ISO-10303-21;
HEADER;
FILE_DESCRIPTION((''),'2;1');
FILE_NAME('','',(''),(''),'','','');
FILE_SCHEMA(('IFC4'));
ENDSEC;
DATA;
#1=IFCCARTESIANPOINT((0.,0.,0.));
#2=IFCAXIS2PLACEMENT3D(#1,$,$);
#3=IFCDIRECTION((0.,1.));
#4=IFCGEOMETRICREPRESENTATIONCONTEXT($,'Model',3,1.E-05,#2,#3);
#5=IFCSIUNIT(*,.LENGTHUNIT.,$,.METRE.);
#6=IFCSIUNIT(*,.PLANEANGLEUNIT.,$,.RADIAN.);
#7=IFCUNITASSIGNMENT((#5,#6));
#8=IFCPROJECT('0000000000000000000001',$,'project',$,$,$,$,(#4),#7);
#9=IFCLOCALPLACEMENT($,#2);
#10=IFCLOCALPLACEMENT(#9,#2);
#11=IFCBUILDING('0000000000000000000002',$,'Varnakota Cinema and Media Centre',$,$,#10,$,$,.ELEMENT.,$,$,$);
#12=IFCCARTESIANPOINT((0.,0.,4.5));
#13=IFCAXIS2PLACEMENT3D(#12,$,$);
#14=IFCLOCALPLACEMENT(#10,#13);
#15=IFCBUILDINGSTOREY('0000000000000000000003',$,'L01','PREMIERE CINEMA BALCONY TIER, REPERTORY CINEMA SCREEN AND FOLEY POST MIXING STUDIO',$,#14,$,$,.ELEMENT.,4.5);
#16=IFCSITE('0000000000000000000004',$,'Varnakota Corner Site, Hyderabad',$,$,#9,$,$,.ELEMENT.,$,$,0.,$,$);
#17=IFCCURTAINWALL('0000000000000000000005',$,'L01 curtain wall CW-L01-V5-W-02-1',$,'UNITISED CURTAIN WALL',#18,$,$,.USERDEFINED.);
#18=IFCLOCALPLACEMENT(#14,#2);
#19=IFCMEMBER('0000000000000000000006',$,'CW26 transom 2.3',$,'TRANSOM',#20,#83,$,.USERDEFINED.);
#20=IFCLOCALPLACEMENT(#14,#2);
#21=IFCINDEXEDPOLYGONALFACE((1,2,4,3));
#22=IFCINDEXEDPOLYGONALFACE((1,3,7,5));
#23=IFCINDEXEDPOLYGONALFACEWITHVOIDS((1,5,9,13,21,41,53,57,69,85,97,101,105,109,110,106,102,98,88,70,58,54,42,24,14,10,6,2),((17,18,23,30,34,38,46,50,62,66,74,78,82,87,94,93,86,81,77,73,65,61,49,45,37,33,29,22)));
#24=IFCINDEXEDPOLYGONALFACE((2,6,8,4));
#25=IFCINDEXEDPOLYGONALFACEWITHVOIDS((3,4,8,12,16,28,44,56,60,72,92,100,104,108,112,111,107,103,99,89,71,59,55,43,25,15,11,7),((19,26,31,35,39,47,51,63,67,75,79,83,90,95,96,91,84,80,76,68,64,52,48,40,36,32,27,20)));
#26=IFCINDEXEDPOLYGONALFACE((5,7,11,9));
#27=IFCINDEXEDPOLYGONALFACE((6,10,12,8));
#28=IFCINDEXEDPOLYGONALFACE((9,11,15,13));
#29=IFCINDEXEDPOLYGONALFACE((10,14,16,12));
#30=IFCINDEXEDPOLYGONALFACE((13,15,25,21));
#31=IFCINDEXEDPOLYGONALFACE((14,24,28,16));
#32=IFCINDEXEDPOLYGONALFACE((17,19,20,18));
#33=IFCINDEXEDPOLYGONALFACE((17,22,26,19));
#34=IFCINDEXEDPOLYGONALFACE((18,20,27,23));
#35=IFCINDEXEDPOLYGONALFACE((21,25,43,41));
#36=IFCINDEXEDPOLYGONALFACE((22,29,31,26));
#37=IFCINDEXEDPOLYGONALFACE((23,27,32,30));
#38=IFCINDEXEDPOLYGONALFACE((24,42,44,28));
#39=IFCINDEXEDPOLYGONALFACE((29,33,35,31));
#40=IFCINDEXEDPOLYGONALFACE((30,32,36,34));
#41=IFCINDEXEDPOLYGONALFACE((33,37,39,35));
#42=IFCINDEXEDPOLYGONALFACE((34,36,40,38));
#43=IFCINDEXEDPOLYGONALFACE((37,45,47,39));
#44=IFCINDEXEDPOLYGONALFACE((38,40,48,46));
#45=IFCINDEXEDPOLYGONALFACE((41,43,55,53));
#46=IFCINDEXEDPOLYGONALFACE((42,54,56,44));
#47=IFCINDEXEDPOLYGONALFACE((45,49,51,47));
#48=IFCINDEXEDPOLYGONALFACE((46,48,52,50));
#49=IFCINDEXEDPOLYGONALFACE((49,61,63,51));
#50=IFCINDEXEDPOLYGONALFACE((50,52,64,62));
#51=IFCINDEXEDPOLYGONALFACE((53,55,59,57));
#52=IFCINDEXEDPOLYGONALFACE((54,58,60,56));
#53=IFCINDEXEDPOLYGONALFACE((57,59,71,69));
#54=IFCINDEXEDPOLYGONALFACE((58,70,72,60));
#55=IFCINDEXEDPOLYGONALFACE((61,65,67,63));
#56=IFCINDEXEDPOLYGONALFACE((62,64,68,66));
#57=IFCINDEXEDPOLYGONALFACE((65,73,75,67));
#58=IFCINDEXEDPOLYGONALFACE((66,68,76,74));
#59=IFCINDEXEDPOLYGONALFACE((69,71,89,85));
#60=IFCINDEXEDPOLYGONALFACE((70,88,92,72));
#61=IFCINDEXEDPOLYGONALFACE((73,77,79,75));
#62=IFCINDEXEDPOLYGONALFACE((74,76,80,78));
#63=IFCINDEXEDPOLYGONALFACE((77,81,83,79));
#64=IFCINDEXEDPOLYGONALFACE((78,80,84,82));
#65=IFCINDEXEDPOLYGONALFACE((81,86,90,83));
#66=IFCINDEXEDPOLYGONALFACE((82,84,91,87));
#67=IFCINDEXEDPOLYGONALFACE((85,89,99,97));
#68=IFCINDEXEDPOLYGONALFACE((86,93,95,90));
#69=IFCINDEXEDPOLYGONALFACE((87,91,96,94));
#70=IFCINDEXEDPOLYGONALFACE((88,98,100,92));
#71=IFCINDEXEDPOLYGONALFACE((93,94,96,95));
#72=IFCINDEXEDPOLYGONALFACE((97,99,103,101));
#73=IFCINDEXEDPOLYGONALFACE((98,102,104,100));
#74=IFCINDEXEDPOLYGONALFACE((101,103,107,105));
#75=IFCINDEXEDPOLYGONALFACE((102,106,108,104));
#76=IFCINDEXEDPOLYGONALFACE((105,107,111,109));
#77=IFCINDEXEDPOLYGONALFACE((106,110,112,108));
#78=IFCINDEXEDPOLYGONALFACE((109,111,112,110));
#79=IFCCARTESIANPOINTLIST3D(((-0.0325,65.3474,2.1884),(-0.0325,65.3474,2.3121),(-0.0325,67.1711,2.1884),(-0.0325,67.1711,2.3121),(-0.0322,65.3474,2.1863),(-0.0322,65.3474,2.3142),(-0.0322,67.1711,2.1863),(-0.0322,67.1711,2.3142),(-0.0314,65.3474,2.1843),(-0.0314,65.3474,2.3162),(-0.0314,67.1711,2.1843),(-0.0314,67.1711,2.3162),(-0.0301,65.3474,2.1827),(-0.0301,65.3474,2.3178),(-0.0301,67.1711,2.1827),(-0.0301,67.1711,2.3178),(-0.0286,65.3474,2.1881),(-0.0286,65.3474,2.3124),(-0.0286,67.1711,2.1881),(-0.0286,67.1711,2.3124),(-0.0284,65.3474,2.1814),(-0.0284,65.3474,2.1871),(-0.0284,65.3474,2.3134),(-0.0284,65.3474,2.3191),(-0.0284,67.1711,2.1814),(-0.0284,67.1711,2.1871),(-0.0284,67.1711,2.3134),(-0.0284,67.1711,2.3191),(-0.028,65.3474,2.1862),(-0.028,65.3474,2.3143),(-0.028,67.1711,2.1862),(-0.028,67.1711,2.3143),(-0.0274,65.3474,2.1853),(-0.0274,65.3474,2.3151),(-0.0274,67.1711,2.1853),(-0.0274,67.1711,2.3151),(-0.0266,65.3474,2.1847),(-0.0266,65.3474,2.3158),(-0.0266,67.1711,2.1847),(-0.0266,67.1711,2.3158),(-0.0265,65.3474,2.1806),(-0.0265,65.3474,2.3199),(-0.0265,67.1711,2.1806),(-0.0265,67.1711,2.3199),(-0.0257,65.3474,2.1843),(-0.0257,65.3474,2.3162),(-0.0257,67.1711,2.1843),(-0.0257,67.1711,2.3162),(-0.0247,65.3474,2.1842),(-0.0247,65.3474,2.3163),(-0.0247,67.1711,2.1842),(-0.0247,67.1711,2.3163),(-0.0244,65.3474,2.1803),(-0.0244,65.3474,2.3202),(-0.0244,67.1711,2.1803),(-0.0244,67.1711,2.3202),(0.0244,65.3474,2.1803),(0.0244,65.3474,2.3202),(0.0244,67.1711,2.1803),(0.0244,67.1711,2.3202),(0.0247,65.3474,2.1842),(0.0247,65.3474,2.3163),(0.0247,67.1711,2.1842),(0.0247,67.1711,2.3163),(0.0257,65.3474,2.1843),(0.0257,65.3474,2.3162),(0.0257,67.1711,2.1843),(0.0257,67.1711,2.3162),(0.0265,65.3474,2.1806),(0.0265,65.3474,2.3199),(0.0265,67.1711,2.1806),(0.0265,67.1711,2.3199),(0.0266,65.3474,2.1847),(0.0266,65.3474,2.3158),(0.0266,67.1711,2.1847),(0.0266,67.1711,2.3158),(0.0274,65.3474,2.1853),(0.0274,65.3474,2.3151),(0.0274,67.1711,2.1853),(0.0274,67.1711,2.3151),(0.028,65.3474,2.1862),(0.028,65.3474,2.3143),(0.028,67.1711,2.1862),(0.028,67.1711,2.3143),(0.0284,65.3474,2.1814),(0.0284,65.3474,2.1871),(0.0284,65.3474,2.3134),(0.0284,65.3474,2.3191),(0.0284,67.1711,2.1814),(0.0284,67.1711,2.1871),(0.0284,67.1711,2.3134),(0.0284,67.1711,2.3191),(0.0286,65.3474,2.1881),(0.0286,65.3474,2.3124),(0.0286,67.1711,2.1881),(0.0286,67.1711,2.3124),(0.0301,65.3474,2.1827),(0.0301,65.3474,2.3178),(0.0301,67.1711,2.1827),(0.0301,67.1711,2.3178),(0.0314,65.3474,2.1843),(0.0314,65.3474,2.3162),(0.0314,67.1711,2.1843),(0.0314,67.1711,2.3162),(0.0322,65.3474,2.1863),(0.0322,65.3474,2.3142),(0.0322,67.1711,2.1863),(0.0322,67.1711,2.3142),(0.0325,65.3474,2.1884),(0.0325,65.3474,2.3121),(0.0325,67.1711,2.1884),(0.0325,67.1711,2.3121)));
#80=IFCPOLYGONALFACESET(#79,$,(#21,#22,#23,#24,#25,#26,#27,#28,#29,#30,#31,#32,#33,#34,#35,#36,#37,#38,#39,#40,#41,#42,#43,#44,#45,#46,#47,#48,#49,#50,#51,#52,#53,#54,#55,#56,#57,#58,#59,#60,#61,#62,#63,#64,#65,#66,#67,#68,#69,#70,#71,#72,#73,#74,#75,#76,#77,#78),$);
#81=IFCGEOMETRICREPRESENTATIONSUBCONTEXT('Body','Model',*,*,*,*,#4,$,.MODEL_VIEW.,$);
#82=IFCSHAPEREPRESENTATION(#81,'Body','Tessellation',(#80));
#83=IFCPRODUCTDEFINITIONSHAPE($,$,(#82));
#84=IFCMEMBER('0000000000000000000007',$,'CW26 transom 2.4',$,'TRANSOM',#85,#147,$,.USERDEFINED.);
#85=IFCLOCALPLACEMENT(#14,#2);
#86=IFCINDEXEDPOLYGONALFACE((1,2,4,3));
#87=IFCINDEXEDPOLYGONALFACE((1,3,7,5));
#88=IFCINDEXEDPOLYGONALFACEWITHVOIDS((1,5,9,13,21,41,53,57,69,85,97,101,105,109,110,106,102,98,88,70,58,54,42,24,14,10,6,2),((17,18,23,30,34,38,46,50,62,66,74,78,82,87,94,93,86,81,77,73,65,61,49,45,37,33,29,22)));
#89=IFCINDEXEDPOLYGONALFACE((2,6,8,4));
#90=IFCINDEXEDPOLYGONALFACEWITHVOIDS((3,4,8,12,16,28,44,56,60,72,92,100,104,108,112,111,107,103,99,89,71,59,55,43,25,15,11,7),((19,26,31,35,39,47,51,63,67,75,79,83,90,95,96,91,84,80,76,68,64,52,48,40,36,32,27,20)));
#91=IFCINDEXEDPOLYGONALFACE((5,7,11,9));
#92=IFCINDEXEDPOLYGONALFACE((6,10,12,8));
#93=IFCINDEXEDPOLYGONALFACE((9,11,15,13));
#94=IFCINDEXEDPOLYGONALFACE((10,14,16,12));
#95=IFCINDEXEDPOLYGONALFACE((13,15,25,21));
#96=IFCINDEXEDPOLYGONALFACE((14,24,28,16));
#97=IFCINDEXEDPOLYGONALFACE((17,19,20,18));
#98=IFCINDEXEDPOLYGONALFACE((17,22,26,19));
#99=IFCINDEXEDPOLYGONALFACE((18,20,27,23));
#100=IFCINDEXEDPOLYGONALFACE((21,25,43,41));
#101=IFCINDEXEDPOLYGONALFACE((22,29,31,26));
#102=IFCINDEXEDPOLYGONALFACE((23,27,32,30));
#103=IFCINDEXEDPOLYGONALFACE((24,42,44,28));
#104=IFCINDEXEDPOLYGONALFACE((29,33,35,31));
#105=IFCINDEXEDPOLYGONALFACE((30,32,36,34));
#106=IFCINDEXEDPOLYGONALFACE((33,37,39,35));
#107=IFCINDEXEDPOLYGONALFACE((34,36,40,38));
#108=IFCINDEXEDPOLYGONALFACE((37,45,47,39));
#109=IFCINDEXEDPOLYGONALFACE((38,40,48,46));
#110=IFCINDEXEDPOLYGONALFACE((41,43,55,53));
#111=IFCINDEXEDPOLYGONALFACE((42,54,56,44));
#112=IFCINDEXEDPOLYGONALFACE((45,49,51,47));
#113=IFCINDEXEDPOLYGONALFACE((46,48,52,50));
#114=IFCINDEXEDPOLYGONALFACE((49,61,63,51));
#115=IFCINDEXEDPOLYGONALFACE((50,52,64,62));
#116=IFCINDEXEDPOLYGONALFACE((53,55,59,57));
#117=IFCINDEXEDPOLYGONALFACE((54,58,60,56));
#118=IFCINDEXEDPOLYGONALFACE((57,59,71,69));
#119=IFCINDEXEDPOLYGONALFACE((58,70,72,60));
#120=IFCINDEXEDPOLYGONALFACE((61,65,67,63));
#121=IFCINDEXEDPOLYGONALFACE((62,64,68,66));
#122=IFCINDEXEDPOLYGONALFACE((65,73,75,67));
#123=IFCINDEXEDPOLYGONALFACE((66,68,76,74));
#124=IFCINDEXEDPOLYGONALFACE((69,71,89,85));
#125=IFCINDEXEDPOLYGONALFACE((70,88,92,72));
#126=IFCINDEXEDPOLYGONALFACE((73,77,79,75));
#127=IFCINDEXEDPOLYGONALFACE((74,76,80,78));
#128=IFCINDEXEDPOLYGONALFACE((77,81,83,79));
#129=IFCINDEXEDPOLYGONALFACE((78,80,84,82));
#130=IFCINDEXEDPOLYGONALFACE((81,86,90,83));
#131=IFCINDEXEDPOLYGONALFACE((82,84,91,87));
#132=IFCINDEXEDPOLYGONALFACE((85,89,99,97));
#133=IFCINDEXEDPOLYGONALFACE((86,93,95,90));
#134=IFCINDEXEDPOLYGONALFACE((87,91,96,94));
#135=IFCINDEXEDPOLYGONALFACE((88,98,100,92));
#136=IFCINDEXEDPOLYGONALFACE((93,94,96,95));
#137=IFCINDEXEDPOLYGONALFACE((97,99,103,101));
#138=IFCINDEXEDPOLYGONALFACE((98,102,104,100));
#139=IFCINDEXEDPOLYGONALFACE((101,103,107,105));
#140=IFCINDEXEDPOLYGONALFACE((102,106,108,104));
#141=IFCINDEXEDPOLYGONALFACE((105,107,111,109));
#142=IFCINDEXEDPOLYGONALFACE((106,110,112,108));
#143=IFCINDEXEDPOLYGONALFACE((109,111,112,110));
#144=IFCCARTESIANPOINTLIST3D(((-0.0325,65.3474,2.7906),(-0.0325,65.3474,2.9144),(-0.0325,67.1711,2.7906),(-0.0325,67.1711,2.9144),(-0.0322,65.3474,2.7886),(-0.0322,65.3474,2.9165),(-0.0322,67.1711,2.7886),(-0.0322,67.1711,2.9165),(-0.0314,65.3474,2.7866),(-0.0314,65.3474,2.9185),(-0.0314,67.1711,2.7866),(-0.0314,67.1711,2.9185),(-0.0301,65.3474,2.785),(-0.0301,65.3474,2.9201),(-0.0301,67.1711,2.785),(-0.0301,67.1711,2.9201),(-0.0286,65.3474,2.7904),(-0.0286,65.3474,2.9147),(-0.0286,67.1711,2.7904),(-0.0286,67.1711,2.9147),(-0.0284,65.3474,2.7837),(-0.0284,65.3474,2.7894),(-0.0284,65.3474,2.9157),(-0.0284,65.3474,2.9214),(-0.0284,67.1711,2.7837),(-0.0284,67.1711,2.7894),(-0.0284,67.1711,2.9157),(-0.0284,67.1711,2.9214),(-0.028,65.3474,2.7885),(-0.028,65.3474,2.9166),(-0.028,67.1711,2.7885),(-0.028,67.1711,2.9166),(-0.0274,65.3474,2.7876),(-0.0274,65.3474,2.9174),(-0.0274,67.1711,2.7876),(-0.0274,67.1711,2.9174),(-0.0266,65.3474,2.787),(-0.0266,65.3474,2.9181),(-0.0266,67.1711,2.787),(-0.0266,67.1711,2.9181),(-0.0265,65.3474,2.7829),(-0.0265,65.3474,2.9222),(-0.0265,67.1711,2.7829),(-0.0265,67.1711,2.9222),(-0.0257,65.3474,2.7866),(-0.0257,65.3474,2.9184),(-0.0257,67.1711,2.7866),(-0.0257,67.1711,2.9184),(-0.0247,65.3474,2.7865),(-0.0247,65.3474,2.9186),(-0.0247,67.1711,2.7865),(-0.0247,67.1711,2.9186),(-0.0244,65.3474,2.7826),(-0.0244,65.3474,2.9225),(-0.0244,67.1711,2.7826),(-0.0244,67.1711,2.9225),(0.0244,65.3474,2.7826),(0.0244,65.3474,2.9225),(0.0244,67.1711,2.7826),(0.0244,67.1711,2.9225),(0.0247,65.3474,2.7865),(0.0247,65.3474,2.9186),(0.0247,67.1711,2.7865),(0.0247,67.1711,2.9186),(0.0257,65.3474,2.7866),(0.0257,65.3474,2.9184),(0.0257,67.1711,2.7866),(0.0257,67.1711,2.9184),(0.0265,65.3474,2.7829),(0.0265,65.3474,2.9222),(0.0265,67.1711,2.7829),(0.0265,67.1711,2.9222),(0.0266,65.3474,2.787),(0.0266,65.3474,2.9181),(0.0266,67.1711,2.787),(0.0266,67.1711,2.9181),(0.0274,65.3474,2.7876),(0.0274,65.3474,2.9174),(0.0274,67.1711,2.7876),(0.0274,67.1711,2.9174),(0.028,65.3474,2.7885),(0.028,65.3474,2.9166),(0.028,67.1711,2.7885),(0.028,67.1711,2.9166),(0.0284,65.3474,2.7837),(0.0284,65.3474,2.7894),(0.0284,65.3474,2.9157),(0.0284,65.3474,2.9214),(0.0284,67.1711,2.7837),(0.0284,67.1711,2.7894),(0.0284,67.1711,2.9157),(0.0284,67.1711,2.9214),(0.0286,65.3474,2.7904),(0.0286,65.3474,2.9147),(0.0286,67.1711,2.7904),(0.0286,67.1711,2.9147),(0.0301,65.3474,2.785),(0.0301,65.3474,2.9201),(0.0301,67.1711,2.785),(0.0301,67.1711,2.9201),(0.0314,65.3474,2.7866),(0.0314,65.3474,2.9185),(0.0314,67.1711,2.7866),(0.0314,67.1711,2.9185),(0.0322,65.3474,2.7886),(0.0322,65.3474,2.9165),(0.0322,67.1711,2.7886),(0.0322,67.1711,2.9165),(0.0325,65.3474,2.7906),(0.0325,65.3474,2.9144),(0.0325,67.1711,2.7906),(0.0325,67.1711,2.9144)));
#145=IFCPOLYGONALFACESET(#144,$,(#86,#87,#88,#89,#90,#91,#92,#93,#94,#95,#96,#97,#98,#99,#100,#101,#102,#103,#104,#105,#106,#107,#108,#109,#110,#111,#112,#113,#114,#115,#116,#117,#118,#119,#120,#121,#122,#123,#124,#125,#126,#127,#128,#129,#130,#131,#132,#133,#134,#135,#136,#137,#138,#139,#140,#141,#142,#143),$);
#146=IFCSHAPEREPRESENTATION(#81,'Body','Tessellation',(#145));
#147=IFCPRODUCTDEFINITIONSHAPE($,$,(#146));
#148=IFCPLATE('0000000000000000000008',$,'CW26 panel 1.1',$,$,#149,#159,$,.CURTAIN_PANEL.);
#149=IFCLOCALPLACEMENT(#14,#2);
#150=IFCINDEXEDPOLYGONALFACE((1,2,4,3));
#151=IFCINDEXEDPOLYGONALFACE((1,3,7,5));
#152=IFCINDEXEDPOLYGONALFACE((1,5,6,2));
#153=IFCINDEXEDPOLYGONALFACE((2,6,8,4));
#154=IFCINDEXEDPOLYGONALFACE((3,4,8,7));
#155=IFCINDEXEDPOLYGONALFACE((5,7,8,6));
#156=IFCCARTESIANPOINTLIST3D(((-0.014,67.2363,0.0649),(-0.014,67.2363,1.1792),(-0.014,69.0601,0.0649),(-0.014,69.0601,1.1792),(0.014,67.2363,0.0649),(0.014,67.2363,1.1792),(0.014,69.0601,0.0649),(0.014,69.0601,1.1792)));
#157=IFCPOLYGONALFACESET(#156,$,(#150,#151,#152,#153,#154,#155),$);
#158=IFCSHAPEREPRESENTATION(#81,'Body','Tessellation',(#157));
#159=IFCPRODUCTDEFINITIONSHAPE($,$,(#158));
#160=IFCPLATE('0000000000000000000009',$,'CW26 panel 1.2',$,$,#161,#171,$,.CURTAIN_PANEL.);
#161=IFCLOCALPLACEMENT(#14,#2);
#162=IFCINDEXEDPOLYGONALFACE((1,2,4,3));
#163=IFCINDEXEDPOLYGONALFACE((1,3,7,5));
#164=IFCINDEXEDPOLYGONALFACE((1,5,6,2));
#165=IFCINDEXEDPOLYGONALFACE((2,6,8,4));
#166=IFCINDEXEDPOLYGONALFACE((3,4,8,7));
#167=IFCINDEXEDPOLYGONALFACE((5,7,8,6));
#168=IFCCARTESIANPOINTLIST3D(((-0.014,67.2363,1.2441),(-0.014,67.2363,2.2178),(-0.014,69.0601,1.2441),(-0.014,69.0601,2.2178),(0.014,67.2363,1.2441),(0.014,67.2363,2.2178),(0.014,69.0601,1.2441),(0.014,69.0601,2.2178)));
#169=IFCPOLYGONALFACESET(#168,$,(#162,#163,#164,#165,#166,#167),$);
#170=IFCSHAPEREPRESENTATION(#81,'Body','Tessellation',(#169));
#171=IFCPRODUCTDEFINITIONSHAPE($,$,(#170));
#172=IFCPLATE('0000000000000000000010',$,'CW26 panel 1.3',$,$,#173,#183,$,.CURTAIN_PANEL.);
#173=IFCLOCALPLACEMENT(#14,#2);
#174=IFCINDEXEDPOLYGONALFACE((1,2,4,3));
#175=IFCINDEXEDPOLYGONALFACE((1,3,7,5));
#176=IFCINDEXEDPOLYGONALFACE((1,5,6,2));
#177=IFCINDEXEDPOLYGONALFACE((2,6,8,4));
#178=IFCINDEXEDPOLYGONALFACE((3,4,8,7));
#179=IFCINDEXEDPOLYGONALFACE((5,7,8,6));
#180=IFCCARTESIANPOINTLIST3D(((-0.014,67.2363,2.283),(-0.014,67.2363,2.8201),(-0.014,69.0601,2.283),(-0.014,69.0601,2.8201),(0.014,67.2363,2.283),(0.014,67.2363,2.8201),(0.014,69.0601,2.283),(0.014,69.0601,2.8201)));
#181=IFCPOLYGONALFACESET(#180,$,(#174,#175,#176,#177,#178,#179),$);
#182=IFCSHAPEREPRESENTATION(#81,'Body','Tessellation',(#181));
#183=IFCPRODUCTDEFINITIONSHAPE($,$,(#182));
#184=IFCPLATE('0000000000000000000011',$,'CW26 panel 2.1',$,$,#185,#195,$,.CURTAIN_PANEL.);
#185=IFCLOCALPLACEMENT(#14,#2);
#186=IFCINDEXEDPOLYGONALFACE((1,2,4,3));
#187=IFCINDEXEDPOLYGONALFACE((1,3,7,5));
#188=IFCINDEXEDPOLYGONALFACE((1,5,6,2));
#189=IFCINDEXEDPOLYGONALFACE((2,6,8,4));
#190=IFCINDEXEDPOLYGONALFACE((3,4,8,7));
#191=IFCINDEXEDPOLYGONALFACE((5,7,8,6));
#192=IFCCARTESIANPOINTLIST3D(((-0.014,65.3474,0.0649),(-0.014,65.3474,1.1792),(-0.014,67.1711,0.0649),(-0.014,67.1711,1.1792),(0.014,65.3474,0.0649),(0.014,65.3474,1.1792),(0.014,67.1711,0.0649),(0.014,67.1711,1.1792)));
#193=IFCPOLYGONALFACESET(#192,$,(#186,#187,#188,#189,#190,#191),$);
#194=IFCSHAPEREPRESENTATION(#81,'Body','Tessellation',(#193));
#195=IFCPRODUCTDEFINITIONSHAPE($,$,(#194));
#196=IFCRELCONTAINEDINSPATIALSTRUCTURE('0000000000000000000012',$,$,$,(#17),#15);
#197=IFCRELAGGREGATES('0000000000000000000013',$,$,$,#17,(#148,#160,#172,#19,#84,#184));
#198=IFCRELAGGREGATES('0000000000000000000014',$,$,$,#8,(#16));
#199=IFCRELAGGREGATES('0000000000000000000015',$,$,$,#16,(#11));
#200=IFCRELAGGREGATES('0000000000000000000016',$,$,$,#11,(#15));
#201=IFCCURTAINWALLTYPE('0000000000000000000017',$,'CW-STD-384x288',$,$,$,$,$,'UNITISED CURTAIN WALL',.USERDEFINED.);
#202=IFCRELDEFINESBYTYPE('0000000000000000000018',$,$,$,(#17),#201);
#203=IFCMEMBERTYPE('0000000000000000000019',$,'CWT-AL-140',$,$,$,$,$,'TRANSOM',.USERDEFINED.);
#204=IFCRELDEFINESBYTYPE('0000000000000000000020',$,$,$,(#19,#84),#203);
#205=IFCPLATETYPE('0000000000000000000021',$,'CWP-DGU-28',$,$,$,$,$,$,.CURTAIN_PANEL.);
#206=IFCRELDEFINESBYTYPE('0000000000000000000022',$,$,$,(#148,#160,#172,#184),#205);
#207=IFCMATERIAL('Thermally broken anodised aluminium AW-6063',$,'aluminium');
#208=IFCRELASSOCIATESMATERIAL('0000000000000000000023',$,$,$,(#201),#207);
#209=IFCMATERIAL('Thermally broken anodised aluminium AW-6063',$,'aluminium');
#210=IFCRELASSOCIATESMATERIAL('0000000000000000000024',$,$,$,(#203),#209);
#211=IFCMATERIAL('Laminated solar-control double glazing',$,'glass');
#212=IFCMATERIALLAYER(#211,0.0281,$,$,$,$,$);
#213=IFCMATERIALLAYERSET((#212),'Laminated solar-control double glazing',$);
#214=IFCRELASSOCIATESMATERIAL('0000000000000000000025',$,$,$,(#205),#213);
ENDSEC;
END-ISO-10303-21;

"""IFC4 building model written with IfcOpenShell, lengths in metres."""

from ifc_helpers import new_model, si_unit, direction, frame, origin, origin_2d, place, context, subcontext, project, spatial, rectangle, hollow_rectangle, extrude, material, layer, layer_set, material_profile, profile_set, type_object, element, aggregate, save


model = new_model("IFC4")

# Units and contexts
model_context = context("Model", 3, precision=1e-05, world=origin(), true_north=direction((0.0, 1.0)))
body_context = subcontext(model_context, "Body", "Model", "MODEL_VIEW")
ifc_project = project(units=[si_unit("LENGTHUNIT", "METRE"), si_unit("PLANEANGLEUNIT", "RADIAN")], contexts=[model_context])

# Site, building, storey
site_placement = place(None, origin())
site = spatial("IfcSite", under=ifc_project, at=site_placement, Name="Varnakota Corner Site, Hyderabad", CompositionType="ELEMENT", RefElevation=0.0)
building_placement = place(site_placement, origin())
building = spatial("IfcBuilding", under=site, at=building_placement, Name="Varnakota Cinema and Media Centre", CompositionType="ELEMENT")
storey_placement = place(building_placement, frame((0.0, 0.0, 4.5)))
storey = spatial("IfcBuildingStorey", under=building, at=storey_placement, Name="L01", Description="PREMIERE CINEMA BALCONY TIER, REPERTORY CINEMA SCREEN AND FOLEY POST MIXING STUDIO", CompositionType="ELEMENT", Elevation=4.5)

# Curtain wall
ifc_material_1 = material(Name="Thermally broken anodised aluminium AW-6063", Category="aluminium")
curtain_wall_type = type_object("IfcCurtainWallType", Name="CW-STD-384x288", ElementType="UNITISED CURTAIN WALL", PredefinedType="USERDEFINED", material=ifc_material_1)
curtain_wall_1_placement = place(storey_placement, origin())
curtain_wall_1 = element("IfcCurtainWall", 1, at=curtain_wall_1_placement, inside=storey, type_object=curtain_wall_type, Name="L01 curtain wall CW-L01-V5-W-02-1", ObjectType="UNITISED CURTAIN WALL", PredefinedType="USERDEFINED")

# Members
ifc_material_2 = material(Name="Thermally broken anodised aluminium AW-6063", Category="aluminium")
ifc_material_profile_1 = material_profile(ifc_material_2, hollow_rectangle(XDim=0.0649, YDim=0.1399, WallThickness=0.0039, InnerFilletRadius=0.0039, OuterFilletRadius=0.0081, at=origin_2d()), Name="AL-TRANSOM 140x65x4")
ifc_profile_set_1 = profile_set([ifc_material_profile_1], Name="Thermally broken anodised aluminium AW-6063")
member_type_1 = type_object("IfcMemberType", Name="CWT-AL-140", ElementType="TRANSOM", PredefinedType="USERDEFINED", material=ifc_profile_set_1)
member_1_placement = place(storey_placement, frame((0.0, 67.1711, 2.2502), z_axis=(0.0, -1.0, 0.0), x_axis=(1.0, 0.0, 0.0)))
member_1 = element("IfcMember", 2, at=member_1_placement, type_object=member_type_1, Name="CW26 transom 2.3", ObjectType="TRANSOM", PredefinedType="USERDEFINED", context=body_context, shape_type="SweptSolid", body=[
    extrude(hollow_rectangle(XDim=0.0649, YDim=0.1399, WallThickness=0.0039, InnerFilletRadius=0.0039, OuterFilletRadius=0.0081, at=origin_2d()), origin(), (0.0, 0.0, 1.0), 1.8237),
])
member_2_placement = place(storey_placement, frame((0.0, 67.1711, 2.8525), z_axis=(0.0, -1.0, 0.0), x_axis=(1.0, 0.0, 0.0)))
member_2 = element("IfcMember", 3, at=member_2_placement, type_object=member_type_1, Name="CW26 transom 2.4", ObjectType="TRANSOM", PredefinedType="USERDEFINED", context=body_context, shape_type="SweptSolid", body=[
    extrude(hollow_rectangle(XDim=0.0649, YDim=0.1399, WallThickness=0.0039, InnerFilletRadius=0.0039, OuterFilletRadius=0.0081, at=origin_2d()), origin(), (0.0, 0.0, 1.0), 1.8237),
])

# Plates
ifc_material_3 = material(Name="Laminated solar-control double glazing", Category="glass")
ifc_layer_1 = layer(ifc_material_3, 0.0281)
ifc_layer_set_1 = layer_set([ifc_layer_1], Name="Laminated solar-control double glazing")
plate_type = type_object("IfcPlateType", Name="CWP-DGU-28", PredefinedType="CURTAIN_PANEL", material=ifc_layer_set_1)
plate_1_placement = place(storey_placement, frame((0.0, 68.1482, 0.0649), z_axis=(0.0, 0.0, 1.0), x_axis=(0.0, -1.0, 0.0)))
plate_1 = element("IfcPlate", 4, at=plate_1_placement, type_object=plate_type, Name="CW26 panel 1.1", PredefinedType="CURTAIN_PANEL", context=body_context, shape_type="SweptSolid", body=[
    extrude(rectangle(XDim=1.8237, YDim=0.0281, at=origin_2d()), origin(), (0.0, 0.0, 1.0), 1.1143),
])
plate_2_placement = place(storey_placement, frame((0.0, 68.1482, 1.2441), z_axis=(0.0, 0.0, 1.0), x_axis=(0.0, -1.0, 0.0)))
plate_2 = element("IfcPlate", 5, at=plate_2_placement, type_object=plate_type, Name="CW26 panel 1.2", PredefinedType="CURTAIN_PANEL", context=body_context, shape_type="SweptSolid", body=[
    extrude(rectangle(XDim=1.8237, YDim=0.0281, at=origin_2d()), origin(), (0.0, 0.0, 1.0), 0.9736),
])
plate_3_placement = place(storey_placement, frame((0.0, 68.1482, 2.283), z_axis=(0.0, 0.0, 1.0), x_axis=(0.0, -1.0, 0.0)))
plate_3 = element("IfcPlate", 6, at=plate_3_placement, type_object=plate_type, Name="CW26 panel 1.3", PredefinedType="CURTAIN_PANEL", context=body_context, shape_type="SweptSolid", body=[
    extrude(rectangle(XDim=1.8237, YDim=0.0281, at=origin_2d()), origin(), (0.0, 0.0, 1.0), 0.5371),
])
plate_4_placement = place(storey_placement, frame((0.0, 66.2593, 0.0649), z_axis=(0.0, 0.0, 1.0), x_axis=(0.0, -1.0, 0.0)))
plate_4 = element("IfcPlate", 7, at=plate_4_placement, type_object=plate_type, Name="CW26 panel 2.1", PredefinedType="CURTAIN_PANEL", context=body_context, shape_type="SweptSolid", body=[
    extrude(rectangle(XDim=1.8237, YDim=0.0281, at=origin_2d()), origin(), (0.0, 0.0, 1.0), 1.1143),
])
aggregate(curtain_wall_1, [plate_1, plate_2, plate_3, member_1, member_2, plate_4])

save(model, "model.ifc")
